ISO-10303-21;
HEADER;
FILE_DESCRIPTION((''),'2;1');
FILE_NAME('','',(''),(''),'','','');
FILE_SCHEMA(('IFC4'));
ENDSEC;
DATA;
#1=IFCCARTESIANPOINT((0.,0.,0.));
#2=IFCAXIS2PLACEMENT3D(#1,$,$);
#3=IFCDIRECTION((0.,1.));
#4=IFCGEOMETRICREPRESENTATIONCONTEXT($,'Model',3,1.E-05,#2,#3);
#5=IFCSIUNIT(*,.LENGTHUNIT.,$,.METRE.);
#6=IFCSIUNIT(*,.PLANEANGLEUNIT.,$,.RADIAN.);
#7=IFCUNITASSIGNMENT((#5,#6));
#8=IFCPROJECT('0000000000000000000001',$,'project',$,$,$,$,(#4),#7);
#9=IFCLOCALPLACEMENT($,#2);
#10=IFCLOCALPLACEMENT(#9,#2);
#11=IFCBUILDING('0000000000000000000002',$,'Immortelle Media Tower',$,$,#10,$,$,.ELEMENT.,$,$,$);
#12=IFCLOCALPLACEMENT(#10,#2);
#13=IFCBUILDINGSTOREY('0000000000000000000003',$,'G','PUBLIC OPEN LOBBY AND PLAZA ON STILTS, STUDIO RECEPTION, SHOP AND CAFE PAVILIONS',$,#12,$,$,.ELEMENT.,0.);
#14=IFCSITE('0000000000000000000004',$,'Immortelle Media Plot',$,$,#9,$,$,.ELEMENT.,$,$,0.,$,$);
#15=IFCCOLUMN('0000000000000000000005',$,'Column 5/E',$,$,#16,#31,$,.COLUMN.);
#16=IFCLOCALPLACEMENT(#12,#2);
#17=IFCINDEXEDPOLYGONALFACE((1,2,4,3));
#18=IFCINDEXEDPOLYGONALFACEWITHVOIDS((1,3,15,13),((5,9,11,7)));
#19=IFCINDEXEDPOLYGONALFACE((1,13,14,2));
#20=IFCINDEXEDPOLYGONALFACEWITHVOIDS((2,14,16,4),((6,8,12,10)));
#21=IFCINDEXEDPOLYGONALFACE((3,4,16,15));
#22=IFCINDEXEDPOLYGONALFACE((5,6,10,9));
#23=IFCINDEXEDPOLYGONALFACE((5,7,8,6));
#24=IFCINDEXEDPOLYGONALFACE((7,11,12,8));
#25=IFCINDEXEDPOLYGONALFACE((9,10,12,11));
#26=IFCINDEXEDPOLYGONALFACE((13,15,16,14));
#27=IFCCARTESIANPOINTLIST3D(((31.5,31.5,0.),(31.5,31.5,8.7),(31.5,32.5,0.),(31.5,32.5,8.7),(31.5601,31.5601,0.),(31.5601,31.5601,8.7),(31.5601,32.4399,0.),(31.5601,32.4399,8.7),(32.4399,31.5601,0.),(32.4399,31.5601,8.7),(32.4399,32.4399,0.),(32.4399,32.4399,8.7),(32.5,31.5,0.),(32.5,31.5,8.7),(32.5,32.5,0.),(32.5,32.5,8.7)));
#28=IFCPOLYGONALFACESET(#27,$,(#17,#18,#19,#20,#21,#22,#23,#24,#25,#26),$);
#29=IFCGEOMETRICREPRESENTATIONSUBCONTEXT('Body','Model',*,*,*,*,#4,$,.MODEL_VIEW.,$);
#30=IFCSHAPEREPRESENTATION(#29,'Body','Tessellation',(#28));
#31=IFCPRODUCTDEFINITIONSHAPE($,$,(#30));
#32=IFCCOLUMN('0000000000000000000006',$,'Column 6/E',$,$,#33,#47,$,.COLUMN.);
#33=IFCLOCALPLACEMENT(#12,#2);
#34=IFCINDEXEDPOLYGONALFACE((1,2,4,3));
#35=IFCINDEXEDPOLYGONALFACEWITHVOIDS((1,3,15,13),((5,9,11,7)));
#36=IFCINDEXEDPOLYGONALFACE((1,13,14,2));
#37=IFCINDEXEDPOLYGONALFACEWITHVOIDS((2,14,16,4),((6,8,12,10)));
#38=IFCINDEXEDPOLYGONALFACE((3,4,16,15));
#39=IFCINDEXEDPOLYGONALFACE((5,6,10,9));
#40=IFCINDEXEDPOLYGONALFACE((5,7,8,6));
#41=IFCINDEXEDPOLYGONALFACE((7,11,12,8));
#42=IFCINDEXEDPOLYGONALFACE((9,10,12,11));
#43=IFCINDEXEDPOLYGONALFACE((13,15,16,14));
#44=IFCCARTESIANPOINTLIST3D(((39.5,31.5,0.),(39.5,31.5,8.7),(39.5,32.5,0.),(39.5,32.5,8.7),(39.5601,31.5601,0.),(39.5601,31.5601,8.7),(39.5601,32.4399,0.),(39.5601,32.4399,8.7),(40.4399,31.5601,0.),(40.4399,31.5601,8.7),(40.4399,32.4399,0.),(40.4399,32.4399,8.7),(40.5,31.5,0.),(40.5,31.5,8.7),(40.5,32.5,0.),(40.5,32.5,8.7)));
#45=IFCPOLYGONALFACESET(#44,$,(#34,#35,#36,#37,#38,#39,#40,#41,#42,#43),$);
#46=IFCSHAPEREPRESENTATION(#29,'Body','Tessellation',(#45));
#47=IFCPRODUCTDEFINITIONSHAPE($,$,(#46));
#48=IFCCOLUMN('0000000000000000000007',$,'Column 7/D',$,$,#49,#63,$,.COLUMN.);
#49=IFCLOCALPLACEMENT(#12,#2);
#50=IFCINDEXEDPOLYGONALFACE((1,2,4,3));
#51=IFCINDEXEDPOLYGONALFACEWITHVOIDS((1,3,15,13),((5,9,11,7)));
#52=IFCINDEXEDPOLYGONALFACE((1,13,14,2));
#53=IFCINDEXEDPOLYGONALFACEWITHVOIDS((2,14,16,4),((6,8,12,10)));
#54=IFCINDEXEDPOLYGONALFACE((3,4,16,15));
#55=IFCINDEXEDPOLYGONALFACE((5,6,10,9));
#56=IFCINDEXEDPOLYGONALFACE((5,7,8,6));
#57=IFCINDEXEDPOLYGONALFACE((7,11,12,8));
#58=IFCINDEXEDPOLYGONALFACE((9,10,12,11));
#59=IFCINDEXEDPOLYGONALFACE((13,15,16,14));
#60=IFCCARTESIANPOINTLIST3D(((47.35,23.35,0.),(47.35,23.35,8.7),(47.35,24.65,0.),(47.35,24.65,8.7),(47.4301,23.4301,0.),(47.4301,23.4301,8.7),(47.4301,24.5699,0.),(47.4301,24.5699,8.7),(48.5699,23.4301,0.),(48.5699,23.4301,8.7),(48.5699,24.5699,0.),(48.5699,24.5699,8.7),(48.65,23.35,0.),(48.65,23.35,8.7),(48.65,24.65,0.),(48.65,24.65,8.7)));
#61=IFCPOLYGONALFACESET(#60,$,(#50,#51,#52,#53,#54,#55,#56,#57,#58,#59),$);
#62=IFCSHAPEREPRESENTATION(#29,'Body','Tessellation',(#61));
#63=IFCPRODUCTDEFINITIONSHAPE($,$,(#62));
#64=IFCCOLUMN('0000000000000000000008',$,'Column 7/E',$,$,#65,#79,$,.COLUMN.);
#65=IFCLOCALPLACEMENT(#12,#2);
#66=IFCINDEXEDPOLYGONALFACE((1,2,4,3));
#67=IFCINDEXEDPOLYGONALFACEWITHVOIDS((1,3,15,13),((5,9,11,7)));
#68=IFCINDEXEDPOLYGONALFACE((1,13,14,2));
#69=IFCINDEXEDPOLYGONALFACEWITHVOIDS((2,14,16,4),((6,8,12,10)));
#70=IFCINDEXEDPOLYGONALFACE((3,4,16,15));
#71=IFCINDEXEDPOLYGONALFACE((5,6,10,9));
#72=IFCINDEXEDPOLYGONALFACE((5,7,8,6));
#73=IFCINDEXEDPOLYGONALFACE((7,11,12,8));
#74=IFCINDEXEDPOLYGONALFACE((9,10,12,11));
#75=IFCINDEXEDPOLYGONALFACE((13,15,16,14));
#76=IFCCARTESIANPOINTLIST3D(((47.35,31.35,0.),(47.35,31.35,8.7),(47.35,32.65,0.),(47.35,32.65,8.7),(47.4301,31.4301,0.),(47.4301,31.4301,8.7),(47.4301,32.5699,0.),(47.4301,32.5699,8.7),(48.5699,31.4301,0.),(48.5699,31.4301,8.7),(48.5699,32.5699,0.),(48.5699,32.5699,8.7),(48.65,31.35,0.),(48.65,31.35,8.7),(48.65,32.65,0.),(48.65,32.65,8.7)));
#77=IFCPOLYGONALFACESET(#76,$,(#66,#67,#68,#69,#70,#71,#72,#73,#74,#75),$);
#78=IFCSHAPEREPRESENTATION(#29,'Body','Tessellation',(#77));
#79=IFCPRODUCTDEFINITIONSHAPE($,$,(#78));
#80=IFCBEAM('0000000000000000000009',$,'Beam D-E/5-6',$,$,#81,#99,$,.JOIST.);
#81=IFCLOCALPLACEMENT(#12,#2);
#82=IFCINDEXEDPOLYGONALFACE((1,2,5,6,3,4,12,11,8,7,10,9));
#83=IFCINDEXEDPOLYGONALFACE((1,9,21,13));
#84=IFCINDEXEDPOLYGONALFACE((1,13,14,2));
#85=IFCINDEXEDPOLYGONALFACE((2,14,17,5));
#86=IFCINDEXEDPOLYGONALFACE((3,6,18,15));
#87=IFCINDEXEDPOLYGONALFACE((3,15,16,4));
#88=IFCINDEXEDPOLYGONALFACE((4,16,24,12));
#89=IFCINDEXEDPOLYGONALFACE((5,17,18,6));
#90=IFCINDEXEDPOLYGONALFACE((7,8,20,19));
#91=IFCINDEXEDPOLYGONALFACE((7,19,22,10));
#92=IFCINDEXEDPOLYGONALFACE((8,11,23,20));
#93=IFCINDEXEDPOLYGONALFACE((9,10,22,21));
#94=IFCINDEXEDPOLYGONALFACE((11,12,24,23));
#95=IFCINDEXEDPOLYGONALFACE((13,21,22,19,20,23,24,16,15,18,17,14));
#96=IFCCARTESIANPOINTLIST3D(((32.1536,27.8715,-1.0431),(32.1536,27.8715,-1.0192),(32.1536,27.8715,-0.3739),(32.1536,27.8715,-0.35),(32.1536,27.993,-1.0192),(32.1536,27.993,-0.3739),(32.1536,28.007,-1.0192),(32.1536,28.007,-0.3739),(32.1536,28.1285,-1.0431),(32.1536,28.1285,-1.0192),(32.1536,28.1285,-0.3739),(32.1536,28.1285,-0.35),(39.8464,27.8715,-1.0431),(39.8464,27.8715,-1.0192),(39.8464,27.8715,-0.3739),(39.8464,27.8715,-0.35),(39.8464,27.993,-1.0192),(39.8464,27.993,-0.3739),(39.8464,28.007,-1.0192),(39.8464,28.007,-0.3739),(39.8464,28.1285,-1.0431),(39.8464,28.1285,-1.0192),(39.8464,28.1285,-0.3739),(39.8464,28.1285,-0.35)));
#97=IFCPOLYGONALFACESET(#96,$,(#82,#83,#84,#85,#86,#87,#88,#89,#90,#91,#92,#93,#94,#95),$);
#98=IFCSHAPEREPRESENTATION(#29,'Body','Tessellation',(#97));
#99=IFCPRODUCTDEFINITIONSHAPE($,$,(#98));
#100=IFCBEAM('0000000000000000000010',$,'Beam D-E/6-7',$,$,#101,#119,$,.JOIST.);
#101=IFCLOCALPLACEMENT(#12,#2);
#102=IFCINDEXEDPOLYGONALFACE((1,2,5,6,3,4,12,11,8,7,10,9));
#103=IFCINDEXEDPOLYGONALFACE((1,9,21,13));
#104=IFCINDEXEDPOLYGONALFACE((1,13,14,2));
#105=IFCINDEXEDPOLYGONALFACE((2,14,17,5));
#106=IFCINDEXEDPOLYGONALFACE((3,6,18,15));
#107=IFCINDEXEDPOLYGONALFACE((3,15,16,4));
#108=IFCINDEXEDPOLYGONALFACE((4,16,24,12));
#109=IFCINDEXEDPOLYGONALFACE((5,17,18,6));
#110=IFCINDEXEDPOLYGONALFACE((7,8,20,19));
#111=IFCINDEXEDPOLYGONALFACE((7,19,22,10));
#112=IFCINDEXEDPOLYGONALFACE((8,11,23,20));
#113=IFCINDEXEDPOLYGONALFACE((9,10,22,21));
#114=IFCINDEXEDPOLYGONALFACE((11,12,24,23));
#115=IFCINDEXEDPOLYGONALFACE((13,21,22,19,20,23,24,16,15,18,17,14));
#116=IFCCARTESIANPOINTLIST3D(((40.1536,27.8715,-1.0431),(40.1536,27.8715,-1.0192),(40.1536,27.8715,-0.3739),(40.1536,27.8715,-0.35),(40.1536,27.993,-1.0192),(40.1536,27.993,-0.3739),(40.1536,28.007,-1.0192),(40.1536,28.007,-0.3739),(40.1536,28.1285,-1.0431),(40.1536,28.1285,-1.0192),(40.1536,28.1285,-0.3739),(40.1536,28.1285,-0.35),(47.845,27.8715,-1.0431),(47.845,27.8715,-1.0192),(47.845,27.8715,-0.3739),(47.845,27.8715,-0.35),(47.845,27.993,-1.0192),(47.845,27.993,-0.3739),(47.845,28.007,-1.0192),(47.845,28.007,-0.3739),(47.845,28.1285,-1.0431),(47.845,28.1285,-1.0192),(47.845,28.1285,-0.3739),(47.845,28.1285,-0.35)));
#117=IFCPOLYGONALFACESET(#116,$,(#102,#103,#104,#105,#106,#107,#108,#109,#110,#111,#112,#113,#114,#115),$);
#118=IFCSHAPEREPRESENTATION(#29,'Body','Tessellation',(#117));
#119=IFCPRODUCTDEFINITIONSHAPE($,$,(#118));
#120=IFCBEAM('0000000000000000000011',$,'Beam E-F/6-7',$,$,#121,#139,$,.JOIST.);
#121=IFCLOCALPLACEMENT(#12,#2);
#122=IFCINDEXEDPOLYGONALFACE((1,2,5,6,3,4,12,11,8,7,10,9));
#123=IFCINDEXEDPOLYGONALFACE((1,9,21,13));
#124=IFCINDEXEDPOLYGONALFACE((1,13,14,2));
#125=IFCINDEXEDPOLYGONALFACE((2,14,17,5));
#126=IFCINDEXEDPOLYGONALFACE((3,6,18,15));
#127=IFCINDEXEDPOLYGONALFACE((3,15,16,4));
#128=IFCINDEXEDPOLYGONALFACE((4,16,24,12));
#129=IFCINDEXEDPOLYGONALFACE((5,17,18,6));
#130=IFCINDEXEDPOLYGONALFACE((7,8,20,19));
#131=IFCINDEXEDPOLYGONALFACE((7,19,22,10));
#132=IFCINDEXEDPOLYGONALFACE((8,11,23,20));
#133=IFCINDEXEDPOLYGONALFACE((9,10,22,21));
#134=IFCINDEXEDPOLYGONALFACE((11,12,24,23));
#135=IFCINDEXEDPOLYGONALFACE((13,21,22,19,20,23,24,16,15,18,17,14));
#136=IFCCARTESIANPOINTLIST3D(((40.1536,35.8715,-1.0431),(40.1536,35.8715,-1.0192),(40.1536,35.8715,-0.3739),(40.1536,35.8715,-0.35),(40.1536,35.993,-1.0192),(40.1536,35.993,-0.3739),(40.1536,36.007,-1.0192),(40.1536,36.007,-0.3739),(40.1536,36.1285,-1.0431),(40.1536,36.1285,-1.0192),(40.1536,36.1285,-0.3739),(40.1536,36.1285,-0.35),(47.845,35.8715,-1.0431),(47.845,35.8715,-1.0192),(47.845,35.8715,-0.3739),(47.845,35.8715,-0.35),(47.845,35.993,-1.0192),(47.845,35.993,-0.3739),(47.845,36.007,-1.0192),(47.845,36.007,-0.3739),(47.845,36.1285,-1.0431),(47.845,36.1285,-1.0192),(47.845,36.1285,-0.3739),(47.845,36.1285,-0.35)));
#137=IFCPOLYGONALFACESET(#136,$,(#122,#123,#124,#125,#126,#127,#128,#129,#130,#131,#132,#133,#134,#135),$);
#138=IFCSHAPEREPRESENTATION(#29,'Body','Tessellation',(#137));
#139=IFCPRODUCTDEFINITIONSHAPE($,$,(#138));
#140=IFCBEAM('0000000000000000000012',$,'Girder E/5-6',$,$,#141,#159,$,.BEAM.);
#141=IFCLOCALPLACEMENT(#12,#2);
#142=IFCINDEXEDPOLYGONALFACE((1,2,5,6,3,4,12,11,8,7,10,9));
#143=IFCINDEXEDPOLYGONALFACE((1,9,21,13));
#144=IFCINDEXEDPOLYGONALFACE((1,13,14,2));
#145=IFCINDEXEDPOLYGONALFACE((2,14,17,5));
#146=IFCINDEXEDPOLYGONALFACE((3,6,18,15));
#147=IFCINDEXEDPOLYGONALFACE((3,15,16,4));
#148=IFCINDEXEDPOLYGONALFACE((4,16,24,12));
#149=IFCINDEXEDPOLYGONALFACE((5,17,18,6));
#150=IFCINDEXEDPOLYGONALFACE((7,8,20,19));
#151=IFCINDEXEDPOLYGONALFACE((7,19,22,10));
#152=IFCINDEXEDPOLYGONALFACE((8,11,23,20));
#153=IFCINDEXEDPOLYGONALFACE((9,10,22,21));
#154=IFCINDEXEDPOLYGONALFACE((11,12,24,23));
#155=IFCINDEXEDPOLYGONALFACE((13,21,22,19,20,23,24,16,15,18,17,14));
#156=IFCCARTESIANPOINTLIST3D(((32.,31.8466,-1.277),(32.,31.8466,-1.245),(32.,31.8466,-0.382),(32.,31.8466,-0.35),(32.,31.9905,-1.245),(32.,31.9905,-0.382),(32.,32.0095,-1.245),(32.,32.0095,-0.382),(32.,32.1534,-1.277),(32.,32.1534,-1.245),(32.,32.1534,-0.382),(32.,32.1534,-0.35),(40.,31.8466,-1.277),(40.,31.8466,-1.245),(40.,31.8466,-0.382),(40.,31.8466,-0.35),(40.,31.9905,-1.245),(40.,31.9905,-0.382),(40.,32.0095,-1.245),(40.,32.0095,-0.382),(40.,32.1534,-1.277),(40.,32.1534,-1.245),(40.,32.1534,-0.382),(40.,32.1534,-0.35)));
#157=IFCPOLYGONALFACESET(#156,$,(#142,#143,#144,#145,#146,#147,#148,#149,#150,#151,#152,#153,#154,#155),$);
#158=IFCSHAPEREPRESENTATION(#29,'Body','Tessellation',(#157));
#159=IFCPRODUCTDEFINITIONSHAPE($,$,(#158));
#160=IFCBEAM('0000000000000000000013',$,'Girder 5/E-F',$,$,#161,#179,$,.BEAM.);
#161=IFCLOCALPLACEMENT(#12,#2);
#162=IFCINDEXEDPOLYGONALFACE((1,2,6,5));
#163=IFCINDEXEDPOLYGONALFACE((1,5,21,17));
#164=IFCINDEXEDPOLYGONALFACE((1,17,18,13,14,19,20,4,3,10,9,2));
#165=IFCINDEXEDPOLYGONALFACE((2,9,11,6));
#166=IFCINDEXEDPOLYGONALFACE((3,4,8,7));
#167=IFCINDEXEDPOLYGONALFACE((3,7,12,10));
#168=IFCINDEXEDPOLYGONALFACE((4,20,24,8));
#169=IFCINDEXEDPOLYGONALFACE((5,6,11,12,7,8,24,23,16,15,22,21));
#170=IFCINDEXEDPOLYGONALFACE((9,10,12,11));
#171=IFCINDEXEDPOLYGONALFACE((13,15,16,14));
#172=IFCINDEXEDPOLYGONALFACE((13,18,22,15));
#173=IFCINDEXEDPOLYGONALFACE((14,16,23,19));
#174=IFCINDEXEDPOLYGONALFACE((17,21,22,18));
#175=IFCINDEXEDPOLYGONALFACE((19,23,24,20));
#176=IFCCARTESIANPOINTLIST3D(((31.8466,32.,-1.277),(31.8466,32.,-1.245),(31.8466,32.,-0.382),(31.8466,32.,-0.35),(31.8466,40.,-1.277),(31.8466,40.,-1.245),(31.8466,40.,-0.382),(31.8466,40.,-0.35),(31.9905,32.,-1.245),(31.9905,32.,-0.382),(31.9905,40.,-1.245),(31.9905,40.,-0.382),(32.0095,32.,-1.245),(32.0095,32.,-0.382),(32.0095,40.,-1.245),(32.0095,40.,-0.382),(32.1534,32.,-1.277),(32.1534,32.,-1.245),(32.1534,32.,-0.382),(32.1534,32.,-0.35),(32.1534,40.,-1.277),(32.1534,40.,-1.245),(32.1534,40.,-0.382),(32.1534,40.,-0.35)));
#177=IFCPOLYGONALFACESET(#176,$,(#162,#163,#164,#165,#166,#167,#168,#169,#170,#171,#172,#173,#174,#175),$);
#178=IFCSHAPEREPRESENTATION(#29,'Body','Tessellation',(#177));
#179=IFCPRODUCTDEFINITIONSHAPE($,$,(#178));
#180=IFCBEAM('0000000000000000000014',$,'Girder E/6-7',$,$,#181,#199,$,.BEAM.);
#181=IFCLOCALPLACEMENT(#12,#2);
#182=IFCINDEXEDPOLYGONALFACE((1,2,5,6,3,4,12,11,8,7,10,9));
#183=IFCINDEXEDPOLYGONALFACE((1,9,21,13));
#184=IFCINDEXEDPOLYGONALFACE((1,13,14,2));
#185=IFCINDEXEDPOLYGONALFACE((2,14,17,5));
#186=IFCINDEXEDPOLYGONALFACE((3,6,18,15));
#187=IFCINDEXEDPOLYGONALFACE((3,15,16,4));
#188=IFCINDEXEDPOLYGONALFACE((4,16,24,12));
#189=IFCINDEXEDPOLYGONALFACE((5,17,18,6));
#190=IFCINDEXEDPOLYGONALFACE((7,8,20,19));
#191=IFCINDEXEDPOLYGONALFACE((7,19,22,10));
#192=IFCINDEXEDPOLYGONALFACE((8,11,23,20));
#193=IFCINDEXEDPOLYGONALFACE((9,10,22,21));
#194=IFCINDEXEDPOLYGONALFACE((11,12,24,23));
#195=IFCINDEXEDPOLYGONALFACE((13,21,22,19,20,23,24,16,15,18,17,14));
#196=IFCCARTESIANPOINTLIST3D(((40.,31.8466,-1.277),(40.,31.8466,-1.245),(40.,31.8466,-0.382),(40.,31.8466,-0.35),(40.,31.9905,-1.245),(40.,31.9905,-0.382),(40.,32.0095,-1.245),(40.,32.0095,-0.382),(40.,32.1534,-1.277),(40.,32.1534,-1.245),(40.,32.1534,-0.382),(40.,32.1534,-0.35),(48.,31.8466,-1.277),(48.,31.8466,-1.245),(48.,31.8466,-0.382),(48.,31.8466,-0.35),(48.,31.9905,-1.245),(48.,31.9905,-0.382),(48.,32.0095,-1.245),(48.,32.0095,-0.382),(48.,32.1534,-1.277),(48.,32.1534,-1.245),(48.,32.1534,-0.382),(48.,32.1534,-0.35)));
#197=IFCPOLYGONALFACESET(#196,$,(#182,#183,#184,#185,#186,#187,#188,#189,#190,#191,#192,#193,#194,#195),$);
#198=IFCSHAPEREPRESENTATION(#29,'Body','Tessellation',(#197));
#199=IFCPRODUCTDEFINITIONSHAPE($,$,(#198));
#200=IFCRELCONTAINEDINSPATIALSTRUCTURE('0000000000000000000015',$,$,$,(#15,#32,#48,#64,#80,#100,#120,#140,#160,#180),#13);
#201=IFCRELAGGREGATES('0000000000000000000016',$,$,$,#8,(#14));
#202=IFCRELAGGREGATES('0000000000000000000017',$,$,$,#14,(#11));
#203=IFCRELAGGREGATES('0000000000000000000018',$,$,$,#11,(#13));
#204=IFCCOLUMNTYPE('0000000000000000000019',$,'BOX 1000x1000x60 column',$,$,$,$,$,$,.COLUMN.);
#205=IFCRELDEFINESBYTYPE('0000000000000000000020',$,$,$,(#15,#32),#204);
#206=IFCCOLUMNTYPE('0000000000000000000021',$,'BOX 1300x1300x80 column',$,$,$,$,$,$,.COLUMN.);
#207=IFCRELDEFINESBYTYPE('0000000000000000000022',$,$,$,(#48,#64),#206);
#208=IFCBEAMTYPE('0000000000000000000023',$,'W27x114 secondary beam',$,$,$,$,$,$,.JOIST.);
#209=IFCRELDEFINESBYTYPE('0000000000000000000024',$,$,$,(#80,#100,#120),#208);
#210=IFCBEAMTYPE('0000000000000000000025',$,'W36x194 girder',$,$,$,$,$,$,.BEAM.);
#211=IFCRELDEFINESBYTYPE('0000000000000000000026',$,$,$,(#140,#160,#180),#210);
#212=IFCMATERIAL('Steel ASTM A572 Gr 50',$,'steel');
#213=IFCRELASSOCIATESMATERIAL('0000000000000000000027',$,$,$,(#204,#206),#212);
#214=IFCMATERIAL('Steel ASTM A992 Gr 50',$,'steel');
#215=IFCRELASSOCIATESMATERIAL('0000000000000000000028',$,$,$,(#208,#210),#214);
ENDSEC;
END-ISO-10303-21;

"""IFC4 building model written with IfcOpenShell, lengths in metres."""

from ifc_helpers import new_model, si_unit, direction, frame, origin, origin_2d, place, context, subcontext, project, spatial, hollow_rectangle, i_section, extrude, material, material_profile, profile_set, type_object, element, save


model = new_model("IFC4")

# Units and contexts
model_context = context("Model", 3, precision=1e-05, world=origin(), true_north=direction((0.0, 1.0)))
body_context = subcontext(model_context, "Body", "Model", "MODEL_VIEW")
ifc_project = project(units=[si_unit("LENGTHUNIT", "METRE"), si_unit("PLANEANGLEUNIT", "RADIAN")], contexts=[model_context])

# Site, building, storey
site_placement = place(None, origin())
site = spatial("IfcSite", under=ifc_project, at=site_placement, Name="Immortelle Media Plot", CompositionType="ELEMENT", RefElevation=0.0)
building_placement = place(site_placement, origin())
building = spatial("IfcBuilding", under=site, at=building_placement, Name="Immortelle Media Tower", CompositionType="ELEMENT")
storey_placement = place(building_placement, origin())
storey = spatial("IfcBuildingStorey", under=building, at=storey_placement, Name="G", Description="PUBLIC OPEN LOBBY AND PLAZA ON STILTS, STUDIO RECEPTION, SHOP AND CAFE PAVILIONS", CompositionType="ELEMENT", Elevation=0.0)

# Columns
ifc_material_1 = material(Name="Steel ASTM A572 Gr 50", Category="steel")
ifc_material_profile_1 = material_profile(ifc_material_1, hollow_rectangle(XDim=1.0, YDim=1.0, WallThickness=0.0601, at=origin_2d()), Name="BOX 1000x1000x60 column")
ifc_profile_set_1 = profile_set([ifc_material_profile_1], Name="Steel ASTM A572 Gr 50")
column_type_1 = type_object("IfcColumnType", Name="BOX 1000x1000x60 column", PredefinedType="COLUMN", material=ifc_profile_set_1)
for number, where, z_axis, x_axis, name in (
    (1, (32.0, 32.0, 0.0), (0.0, 0.0, 1.0), (1.0, 0.0, 0.0), "Column 5/E"),
    (2, (40.0, 32.0, 0.0), (0.0, 0.0, 1.0), (1.0, 0.0, 0.0), "Column 6/E"),
):
    element("IfcColumn", number, at=place(storey_placement, frame(where, z_axis=z_axis, x_axis=x_axis)), inside=storey, type_object=column_type_1, Name=name, PredefinedType="COLUMN", context=body_context, shape_type="SweptSolid", body=[
        extrude(hollow_rectangle(XDim=1.0, YDim=1.0, WallThickness=0.0601, at=origin_2d()), origin(), (0.0, 0.0, 1.0), 8.7),
    ])
ifc_material_profile_2 = material_profile(ifc_material_1, hollow_rectangle(XDim=1.3, YDim=1.3, WallThickness=0.0801, at=origin_2d()), Name="BOX 1300x1300x80 column")
ifc_profile_set_2 = profile_set([ifc_material_profile_2], Name="Steel ASTM A572 Gr 50")
column_type_2 = type_object("IfcColumnType", Name="BOX 1300x1300x80 column", PredefinedType="COLUMN", material=ifc_profile_set_2)
for number, where, z_axis, x_axis, name in (
    (3, (48.0, 24.0, 0.0), (0.0, 0.0, 1.0), (1.0, 0.0, 0.0), "Column 7/D"),
    (4, (48.0, 32.0, 0.0), (0.0, 0.0, 1.0), (1.0, 0.0, 0.0), "Column 7/E"),
):
    element("IfcColumn", number, at=place(storey_placement, frame(where, z_axis=z_axis, x_axis=x_axis)), inside=storey, type_object=column_type_2, Name=name, PredefinedType="COLUMN", context=body_context, shape_type="SweptSolid", body=[
        extrude(hollow_rectangle(XDim=1.3, YDim=1.3, WallThickness=0.0801, at=origin_2d()), origin(), (0.0, 0.0, 1.0), 8.7),
    ])

# Beams
ifc_material_2 = material(Name="Steel ASTM A992 Gr 50", Category="steel")
ifc_material_profile_3 = material_profile(ifc_material_2, i_section(OverallWidth=0.2571, OverallDepth=0.6931, WebThickness=0.0139, FlangeThickness=0.0239, at=origin_2d()), Name="W27x114")
ifc_profile_set_3 = profile_set([ifc_material_profile_3], Name="Steel ASTM A992 Gr 50")
beam_type_1 = type_object("IfcBeamType", Name="W27x114 secondary beam", PredefinedType="JOIST", material=ifc_profile_set_3)
beam_placement = place(storey_placement, frame((32.1536, 28.0, -0.6965), z_axis=(1.0, 0.0, 0.0), x_axis=(0.0, 1.0, 0.0)))
element("IfcBeam", 5, at=beam_placement, inside=storey, type_object=beam_type_1, Name="Beam D-E/5-6", PredefinedType="JOIST", context=body_context, shape_type="SweptSolid", body=[
    extrude(i_section(OverallWidth=0.2571, OverallDepth=0.6931, WebThickness=0.0139, FlangeThickness=0.0239, at=origin_2d()), origin(), (0.0, 0.0, 1.0), 7.6929),
])
for number, where, z_axis, x_axis, name in (
    (6, (40.1536, 28.0, -0.6965), (1.0, 0.0, 0.0), (0.0, 1.0, 0.0), "Beam D-E/6-7"),
    (7, (40.1536, 36.0, -0.6965), (1.0, 0.0, 0.0), (0.0, 1.0, 0.0), "Beam E-F/6-7"),
):
    element("IfcBeam", number, at=place(storey_placement, frame(where, z_axis=z_axis, x_axis=x_axis)), inside=storey, type_object=beam_type_1, Name=name, PredefinedType="JOIST", context=body_context, shape_type="SweptSolid", body=[
        extrude(i_section(OverallWidth=0.2571, OverallDepth=0.6931, WebThickness=0.0139, FlangeThickness=0.0239, at=origin_2d()), origin(), (0.0, 0.0, 1.0), 7.6914),
    ])
ifc_material_profile_4 = material_profile(ifc_material_2, i_section(OverallWidth=0.3069, OverallDepth=0.927, WebThickness=0.019, FlangeThickness=0.032, at=origin_2d()), Name="W36x194")
ifc_profile_set_4 = profile_set([ifc_material_profile_4], Name="Steel ASTM A992 Gr 50")
beam_type_2 = type_object("IfcBeamType", Name="W36x194 girder", PredefinedType="BEAM", material=ifc_profile_set_4)
for number, where, z_axis, x_axis, name in (
    (8, (32.0, 32.0, -0.8135), (1.0, 0.0, 0.0), (0.0, 1.0, 0.0), "Girder E/5-6"),
    (9, (32.0, 32.0, -0.8135), (0.0, 1.0, 0.0), (-1.0, 0.0, 0.0), "Girder 5/E-F"),
    (10, (40.0, 32.0, -0.8135), (1.0, 0.0, 0.0), (0.0, 1.0, 0.0), "Girder E/6-7"),
):
    element("IfcBeam", number, at=place(storey_placement, frame(where, z_axis=z_axis, x_axis=x_axis)), inside=storey, type_object=beam_type_2, Name=name, PredefinedType="BEAM", context=body_context, shape_type="SweptSolid", body=[
        extrude(i_section(OverallWidth=0.3069, OverallDepth=0.927, WebThickness=0.019, FlangeThickness=0.032, at=origin_2d()), origin(), (0.0, 0.0, 1.0), 8.0),
    ])

save(model, "model.ifc")
